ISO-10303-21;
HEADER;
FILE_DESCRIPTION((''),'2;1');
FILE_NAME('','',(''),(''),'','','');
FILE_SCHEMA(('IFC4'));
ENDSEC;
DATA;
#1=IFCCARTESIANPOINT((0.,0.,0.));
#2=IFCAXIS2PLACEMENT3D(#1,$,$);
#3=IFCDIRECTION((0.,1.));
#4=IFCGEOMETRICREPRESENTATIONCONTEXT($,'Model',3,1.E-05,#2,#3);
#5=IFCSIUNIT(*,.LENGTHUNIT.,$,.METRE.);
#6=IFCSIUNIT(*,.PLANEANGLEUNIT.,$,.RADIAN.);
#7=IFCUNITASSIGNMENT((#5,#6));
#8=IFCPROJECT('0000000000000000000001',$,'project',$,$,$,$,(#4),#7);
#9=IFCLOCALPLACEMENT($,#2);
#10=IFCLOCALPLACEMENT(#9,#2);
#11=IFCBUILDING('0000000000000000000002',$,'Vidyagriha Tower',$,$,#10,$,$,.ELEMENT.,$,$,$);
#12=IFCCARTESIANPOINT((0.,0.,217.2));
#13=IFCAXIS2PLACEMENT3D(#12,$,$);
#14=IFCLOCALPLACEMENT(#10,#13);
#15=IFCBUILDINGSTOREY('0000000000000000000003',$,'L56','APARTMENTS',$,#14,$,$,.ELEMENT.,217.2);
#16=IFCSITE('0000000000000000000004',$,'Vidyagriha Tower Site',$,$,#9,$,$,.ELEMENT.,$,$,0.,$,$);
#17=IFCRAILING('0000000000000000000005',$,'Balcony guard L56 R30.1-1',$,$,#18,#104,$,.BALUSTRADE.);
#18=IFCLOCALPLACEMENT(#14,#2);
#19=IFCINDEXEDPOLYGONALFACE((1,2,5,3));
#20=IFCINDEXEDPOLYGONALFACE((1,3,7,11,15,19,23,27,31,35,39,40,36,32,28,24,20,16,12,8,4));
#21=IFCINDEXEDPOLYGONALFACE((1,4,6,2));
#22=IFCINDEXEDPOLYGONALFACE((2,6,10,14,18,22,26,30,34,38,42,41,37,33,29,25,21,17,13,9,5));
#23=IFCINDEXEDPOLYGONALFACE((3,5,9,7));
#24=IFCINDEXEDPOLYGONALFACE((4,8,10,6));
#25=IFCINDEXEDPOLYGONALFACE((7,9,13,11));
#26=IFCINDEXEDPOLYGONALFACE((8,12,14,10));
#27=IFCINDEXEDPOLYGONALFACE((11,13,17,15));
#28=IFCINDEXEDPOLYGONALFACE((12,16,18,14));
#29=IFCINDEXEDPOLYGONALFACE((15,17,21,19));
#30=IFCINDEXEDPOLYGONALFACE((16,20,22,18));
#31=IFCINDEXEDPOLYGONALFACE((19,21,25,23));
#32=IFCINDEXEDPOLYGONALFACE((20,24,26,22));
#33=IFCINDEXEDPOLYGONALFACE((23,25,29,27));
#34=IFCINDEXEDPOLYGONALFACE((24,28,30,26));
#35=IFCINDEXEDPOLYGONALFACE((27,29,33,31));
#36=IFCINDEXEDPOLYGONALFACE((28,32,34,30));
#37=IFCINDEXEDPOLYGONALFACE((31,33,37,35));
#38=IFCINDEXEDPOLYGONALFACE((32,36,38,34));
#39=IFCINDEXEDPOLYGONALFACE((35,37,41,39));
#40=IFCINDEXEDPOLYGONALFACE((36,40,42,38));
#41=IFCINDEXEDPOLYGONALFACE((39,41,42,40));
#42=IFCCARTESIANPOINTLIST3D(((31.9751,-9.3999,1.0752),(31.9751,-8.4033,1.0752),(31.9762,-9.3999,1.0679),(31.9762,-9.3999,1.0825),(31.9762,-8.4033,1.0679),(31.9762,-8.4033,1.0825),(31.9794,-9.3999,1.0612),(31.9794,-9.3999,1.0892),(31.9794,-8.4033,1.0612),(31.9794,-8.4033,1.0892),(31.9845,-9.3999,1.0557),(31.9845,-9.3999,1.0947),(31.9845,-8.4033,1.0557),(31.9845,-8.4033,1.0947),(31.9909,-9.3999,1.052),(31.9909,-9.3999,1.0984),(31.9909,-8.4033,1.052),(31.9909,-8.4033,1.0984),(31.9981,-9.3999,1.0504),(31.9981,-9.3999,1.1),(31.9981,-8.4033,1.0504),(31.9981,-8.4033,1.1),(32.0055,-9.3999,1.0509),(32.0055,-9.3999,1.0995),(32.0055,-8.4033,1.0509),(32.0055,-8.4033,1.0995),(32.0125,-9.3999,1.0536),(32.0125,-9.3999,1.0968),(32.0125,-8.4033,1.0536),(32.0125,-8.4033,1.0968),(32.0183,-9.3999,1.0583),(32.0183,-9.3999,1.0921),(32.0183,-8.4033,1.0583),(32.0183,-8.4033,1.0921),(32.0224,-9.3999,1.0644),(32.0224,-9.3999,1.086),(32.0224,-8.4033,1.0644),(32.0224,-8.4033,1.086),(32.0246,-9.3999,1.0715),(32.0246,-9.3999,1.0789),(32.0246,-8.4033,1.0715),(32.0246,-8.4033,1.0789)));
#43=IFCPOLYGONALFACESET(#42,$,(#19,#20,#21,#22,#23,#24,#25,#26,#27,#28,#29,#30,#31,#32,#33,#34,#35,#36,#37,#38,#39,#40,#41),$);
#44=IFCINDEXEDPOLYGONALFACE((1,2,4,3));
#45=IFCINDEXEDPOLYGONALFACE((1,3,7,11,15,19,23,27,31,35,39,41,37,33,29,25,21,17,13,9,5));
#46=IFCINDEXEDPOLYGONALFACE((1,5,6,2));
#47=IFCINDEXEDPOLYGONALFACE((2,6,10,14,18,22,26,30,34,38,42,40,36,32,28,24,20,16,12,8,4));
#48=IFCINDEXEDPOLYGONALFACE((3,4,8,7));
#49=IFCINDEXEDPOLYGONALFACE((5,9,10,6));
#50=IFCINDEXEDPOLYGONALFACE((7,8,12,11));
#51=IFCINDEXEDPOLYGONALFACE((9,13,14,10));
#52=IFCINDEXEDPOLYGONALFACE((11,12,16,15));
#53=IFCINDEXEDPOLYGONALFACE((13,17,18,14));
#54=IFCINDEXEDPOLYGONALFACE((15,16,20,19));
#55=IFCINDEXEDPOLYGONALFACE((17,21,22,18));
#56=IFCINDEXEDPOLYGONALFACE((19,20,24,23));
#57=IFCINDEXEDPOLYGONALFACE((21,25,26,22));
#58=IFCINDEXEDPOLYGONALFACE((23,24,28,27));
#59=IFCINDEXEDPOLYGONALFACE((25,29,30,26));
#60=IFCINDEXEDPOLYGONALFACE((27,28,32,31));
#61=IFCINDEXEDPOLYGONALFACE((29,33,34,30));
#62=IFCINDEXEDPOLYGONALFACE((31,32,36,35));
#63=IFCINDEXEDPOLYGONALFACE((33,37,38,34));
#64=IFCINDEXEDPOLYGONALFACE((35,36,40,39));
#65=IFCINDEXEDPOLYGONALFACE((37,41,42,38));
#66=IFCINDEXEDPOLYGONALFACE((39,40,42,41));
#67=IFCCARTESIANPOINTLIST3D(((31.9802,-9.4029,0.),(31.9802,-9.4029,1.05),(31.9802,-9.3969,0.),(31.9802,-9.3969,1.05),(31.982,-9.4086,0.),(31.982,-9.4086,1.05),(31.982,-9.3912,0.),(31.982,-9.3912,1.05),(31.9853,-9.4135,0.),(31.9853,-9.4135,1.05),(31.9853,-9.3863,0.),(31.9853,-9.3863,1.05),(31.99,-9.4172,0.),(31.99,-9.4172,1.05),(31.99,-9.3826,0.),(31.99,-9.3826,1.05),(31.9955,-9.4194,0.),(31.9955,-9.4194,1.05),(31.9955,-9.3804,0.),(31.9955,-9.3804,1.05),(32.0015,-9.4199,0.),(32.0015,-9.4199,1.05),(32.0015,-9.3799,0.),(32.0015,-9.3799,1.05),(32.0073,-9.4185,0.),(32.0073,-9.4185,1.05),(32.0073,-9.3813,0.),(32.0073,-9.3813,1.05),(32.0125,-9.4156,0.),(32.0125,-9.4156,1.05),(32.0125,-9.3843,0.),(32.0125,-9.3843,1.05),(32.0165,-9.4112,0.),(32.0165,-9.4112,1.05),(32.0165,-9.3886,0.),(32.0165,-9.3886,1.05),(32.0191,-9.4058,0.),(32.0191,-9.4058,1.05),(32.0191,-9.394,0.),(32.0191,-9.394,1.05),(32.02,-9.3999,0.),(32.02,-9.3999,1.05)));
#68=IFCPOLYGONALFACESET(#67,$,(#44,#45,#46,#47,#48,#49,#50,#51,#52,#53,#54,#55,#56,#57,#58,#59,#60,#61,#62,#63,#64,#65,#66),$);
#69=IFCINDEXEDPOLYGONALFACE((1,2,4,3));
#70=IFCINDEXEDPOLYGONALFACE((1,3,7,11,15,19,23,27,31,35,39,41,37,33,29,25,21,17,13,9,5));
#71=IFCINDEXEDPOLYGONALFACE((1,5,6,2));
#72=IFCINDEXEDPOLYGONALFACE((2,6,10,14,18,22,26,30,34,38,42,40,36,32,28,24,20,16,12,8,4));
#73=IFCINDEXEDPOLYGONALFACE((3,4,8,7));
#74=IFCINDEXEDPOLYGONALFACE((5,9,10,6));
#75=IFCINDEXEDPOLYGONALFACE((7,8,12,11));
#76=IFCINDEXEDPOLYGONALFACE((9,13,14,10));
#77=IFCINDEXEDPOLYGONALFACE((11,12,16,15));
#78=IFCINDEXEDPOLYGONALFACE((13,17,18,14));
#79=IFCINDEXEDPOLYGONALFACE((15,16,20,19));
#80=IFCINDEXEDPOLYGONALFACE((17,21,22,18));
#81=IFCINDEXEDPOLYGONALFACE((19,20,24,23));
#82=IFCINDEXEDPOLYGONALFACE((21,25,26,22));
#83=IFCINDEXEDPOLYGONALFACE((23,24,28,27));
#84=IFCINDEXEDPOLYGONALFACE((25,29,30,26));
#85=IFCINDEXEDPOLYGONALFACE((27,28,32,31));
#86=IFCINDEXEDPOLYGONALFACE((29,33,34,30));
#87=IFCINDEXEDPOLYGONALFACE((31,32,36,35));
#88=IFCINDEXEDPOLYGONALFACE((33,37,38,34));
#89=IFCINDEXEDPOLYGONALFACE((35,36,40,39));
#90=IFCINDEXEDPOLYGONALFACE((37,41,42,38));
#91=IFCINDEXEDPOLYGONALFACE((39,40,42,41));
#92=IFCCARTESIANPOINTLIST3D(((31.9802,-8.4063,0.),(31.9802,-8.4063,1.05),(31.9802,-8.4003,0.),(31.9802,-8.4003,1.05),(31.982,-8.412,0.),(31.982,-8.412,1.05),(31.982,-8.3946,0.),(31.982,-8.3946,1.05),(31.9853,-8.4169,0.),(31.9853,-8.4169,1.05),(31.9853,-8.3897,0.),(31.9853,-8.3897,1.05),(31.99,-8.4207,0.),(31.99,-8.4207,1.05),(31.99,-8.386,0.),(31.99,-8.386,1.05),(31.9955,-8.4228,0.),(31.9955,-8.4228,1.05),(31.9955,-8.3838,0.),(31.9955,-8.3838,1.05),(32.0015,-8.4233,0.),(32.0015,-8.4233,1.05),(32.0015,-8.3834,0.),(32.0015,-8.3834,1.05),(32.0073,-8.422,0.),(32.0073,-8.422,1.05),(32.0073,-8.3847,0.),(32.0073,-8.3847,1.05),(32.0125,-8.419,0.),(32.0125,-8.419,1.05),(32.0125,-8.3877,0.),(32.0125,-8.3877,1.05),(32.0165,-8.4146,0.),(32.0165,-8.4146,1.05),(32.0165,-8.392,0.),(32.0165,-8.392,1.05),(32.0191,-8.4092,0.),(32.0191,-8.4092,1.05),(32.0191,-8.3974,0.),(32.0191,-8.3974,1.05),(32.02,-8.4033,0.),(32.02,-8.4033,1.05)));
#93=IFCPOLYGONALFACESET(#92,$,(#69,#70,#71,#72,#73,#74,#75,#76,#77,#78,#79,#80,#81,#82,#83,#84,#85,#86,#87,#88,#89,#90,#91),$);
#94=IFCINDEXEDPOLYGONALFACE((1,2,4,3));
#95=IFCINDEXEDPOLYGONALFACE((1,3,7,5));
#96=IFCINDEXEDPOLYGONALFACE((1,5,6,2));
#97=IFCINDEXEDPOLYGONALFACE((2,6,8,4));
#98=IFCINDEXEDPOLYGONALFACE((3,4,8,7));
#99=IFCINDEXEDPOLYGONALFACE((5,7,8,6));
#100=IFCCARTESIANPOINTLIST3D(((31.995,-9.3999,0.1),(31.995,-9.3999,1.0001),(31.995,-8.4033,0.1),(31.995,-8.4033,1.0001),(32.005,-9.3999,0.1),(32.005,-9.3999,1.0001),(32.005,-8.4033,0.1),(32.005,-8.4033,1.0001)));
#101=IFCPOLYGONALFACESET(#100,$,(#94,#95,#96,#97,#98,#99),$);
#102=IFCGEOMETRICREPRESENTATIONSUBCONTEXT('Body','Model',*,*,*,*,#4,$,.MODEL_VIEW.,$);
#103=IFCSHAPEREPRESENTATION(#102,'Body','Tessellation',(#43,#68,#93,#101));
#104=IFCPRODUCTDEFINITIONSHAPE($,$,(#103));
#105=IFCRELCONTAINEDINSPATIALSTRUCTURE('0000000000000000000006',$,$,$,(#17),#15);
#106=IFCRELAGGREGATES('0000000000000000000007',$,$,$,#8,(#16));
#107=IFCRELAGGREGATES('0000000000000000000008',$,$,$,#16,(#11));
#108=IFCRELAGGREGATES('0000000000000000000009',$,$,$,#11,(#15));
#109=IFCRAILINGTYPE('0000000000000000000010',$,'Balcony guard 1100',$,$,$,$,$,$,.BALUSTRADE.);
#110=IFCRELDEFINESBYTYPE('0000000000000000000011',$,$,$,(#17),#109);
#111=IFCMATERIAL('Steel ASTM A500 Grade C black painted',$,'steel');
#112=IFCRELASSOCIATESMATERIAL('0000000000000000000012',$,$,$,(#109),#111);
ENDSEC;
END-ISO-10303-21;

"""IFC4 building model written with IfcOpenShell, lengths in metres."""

from ifc_helpers import new_model, si_unit, direction, frame, origin, origin_2d, place, context, subcontext, project, spatial, rectangle, circle, extrude, material, type_object, element, save


model = new_model("IFC4")

# Units and contexts
model_context = context("Model", 3, precision=1e-05, world=origin(), true_north=direction((0.0, 1.0)))
body_context = subcontext(model_context, "Body", "Model", "MODEL_VIEW")
ifc_project = project(units=[si_unit("LENGTHUNIT", "METRE"), si_unit("PLANEANGLEUNIT", "RADIAN")], contexts=[model_context])

# Site, building, storey
site_placement = place(None, origin())
site = spatial("IfcSite", under=ifc_project, at=site_placement, Name="Vidyagriha Tower Site", CompositionType="ELEMENT", RefElevation=0.0)
building_placement = place(site_placement, origin())
building = spatial("IfcBuilding", under=site, at=building_placement, Name="Vidyagriha Tower", CompositionType="ELEMENT")
storey_placement = place(building_placement, frame((0.0, 0.0, 217.2)))
storey = spatial("IfcBuildingStorey", under=building, at=storey_placement, Name="L56", Description="APARTMENTS", CompositionType="ELEMENT", Elevation=217.2)

# Railing
ifc_material_1 = material(Name="Steel ASTM A500 Grade C black painted", Category="steel")
railing_type_1 = type_object("IfcRailingType", Name="Balcony guard 1100", PredefinedType="BALUSTRADE", material=ifc_material_1)
railing_1_placement = place(storey_placement, frame((32.0, -9.3999, 0.0)))
element("IfcRailing", 1, at=railing_1_placement, inside=storey, type_object=railing_type_1, Name="Balcony guard L56 R30.1-1", PredefinedType="BALUSTRADE", context=body_context, shape_type="SweptSolid", body=[
    extrude(circle(Radius=0.0249, at=origin_2d()), frame((0.0, 0.0, 1.0752), z_axis=(0.0, 1.0, 0.0), x_axis=(-1.0, 0.0, 0.0)), (0.0, 0.0, 1.0), 0.9966),
    extrude(circle(Radius=0.02, at=origin_2d()), origin(), (0.0, 0.0, 1.0), 1.05),
    extrude(circle(Radius=0.02, at=origin_2d()), frame((0.0, 0.9966, 0.0)), (0.0, 0.0, 1.0), 1.05),
    extrude(rectangle(XDim=0.01, YDim=0.9001, at=origin_2d()), frame((0.0, 0.0, 0.55), z_axis=(0.0, 1.0, 0.0), x_axis=(-1.0, 0.0, 0.0)), (0.0, 0.0, 1.0), 0.9966),
])

save(model, "model.ifc")
